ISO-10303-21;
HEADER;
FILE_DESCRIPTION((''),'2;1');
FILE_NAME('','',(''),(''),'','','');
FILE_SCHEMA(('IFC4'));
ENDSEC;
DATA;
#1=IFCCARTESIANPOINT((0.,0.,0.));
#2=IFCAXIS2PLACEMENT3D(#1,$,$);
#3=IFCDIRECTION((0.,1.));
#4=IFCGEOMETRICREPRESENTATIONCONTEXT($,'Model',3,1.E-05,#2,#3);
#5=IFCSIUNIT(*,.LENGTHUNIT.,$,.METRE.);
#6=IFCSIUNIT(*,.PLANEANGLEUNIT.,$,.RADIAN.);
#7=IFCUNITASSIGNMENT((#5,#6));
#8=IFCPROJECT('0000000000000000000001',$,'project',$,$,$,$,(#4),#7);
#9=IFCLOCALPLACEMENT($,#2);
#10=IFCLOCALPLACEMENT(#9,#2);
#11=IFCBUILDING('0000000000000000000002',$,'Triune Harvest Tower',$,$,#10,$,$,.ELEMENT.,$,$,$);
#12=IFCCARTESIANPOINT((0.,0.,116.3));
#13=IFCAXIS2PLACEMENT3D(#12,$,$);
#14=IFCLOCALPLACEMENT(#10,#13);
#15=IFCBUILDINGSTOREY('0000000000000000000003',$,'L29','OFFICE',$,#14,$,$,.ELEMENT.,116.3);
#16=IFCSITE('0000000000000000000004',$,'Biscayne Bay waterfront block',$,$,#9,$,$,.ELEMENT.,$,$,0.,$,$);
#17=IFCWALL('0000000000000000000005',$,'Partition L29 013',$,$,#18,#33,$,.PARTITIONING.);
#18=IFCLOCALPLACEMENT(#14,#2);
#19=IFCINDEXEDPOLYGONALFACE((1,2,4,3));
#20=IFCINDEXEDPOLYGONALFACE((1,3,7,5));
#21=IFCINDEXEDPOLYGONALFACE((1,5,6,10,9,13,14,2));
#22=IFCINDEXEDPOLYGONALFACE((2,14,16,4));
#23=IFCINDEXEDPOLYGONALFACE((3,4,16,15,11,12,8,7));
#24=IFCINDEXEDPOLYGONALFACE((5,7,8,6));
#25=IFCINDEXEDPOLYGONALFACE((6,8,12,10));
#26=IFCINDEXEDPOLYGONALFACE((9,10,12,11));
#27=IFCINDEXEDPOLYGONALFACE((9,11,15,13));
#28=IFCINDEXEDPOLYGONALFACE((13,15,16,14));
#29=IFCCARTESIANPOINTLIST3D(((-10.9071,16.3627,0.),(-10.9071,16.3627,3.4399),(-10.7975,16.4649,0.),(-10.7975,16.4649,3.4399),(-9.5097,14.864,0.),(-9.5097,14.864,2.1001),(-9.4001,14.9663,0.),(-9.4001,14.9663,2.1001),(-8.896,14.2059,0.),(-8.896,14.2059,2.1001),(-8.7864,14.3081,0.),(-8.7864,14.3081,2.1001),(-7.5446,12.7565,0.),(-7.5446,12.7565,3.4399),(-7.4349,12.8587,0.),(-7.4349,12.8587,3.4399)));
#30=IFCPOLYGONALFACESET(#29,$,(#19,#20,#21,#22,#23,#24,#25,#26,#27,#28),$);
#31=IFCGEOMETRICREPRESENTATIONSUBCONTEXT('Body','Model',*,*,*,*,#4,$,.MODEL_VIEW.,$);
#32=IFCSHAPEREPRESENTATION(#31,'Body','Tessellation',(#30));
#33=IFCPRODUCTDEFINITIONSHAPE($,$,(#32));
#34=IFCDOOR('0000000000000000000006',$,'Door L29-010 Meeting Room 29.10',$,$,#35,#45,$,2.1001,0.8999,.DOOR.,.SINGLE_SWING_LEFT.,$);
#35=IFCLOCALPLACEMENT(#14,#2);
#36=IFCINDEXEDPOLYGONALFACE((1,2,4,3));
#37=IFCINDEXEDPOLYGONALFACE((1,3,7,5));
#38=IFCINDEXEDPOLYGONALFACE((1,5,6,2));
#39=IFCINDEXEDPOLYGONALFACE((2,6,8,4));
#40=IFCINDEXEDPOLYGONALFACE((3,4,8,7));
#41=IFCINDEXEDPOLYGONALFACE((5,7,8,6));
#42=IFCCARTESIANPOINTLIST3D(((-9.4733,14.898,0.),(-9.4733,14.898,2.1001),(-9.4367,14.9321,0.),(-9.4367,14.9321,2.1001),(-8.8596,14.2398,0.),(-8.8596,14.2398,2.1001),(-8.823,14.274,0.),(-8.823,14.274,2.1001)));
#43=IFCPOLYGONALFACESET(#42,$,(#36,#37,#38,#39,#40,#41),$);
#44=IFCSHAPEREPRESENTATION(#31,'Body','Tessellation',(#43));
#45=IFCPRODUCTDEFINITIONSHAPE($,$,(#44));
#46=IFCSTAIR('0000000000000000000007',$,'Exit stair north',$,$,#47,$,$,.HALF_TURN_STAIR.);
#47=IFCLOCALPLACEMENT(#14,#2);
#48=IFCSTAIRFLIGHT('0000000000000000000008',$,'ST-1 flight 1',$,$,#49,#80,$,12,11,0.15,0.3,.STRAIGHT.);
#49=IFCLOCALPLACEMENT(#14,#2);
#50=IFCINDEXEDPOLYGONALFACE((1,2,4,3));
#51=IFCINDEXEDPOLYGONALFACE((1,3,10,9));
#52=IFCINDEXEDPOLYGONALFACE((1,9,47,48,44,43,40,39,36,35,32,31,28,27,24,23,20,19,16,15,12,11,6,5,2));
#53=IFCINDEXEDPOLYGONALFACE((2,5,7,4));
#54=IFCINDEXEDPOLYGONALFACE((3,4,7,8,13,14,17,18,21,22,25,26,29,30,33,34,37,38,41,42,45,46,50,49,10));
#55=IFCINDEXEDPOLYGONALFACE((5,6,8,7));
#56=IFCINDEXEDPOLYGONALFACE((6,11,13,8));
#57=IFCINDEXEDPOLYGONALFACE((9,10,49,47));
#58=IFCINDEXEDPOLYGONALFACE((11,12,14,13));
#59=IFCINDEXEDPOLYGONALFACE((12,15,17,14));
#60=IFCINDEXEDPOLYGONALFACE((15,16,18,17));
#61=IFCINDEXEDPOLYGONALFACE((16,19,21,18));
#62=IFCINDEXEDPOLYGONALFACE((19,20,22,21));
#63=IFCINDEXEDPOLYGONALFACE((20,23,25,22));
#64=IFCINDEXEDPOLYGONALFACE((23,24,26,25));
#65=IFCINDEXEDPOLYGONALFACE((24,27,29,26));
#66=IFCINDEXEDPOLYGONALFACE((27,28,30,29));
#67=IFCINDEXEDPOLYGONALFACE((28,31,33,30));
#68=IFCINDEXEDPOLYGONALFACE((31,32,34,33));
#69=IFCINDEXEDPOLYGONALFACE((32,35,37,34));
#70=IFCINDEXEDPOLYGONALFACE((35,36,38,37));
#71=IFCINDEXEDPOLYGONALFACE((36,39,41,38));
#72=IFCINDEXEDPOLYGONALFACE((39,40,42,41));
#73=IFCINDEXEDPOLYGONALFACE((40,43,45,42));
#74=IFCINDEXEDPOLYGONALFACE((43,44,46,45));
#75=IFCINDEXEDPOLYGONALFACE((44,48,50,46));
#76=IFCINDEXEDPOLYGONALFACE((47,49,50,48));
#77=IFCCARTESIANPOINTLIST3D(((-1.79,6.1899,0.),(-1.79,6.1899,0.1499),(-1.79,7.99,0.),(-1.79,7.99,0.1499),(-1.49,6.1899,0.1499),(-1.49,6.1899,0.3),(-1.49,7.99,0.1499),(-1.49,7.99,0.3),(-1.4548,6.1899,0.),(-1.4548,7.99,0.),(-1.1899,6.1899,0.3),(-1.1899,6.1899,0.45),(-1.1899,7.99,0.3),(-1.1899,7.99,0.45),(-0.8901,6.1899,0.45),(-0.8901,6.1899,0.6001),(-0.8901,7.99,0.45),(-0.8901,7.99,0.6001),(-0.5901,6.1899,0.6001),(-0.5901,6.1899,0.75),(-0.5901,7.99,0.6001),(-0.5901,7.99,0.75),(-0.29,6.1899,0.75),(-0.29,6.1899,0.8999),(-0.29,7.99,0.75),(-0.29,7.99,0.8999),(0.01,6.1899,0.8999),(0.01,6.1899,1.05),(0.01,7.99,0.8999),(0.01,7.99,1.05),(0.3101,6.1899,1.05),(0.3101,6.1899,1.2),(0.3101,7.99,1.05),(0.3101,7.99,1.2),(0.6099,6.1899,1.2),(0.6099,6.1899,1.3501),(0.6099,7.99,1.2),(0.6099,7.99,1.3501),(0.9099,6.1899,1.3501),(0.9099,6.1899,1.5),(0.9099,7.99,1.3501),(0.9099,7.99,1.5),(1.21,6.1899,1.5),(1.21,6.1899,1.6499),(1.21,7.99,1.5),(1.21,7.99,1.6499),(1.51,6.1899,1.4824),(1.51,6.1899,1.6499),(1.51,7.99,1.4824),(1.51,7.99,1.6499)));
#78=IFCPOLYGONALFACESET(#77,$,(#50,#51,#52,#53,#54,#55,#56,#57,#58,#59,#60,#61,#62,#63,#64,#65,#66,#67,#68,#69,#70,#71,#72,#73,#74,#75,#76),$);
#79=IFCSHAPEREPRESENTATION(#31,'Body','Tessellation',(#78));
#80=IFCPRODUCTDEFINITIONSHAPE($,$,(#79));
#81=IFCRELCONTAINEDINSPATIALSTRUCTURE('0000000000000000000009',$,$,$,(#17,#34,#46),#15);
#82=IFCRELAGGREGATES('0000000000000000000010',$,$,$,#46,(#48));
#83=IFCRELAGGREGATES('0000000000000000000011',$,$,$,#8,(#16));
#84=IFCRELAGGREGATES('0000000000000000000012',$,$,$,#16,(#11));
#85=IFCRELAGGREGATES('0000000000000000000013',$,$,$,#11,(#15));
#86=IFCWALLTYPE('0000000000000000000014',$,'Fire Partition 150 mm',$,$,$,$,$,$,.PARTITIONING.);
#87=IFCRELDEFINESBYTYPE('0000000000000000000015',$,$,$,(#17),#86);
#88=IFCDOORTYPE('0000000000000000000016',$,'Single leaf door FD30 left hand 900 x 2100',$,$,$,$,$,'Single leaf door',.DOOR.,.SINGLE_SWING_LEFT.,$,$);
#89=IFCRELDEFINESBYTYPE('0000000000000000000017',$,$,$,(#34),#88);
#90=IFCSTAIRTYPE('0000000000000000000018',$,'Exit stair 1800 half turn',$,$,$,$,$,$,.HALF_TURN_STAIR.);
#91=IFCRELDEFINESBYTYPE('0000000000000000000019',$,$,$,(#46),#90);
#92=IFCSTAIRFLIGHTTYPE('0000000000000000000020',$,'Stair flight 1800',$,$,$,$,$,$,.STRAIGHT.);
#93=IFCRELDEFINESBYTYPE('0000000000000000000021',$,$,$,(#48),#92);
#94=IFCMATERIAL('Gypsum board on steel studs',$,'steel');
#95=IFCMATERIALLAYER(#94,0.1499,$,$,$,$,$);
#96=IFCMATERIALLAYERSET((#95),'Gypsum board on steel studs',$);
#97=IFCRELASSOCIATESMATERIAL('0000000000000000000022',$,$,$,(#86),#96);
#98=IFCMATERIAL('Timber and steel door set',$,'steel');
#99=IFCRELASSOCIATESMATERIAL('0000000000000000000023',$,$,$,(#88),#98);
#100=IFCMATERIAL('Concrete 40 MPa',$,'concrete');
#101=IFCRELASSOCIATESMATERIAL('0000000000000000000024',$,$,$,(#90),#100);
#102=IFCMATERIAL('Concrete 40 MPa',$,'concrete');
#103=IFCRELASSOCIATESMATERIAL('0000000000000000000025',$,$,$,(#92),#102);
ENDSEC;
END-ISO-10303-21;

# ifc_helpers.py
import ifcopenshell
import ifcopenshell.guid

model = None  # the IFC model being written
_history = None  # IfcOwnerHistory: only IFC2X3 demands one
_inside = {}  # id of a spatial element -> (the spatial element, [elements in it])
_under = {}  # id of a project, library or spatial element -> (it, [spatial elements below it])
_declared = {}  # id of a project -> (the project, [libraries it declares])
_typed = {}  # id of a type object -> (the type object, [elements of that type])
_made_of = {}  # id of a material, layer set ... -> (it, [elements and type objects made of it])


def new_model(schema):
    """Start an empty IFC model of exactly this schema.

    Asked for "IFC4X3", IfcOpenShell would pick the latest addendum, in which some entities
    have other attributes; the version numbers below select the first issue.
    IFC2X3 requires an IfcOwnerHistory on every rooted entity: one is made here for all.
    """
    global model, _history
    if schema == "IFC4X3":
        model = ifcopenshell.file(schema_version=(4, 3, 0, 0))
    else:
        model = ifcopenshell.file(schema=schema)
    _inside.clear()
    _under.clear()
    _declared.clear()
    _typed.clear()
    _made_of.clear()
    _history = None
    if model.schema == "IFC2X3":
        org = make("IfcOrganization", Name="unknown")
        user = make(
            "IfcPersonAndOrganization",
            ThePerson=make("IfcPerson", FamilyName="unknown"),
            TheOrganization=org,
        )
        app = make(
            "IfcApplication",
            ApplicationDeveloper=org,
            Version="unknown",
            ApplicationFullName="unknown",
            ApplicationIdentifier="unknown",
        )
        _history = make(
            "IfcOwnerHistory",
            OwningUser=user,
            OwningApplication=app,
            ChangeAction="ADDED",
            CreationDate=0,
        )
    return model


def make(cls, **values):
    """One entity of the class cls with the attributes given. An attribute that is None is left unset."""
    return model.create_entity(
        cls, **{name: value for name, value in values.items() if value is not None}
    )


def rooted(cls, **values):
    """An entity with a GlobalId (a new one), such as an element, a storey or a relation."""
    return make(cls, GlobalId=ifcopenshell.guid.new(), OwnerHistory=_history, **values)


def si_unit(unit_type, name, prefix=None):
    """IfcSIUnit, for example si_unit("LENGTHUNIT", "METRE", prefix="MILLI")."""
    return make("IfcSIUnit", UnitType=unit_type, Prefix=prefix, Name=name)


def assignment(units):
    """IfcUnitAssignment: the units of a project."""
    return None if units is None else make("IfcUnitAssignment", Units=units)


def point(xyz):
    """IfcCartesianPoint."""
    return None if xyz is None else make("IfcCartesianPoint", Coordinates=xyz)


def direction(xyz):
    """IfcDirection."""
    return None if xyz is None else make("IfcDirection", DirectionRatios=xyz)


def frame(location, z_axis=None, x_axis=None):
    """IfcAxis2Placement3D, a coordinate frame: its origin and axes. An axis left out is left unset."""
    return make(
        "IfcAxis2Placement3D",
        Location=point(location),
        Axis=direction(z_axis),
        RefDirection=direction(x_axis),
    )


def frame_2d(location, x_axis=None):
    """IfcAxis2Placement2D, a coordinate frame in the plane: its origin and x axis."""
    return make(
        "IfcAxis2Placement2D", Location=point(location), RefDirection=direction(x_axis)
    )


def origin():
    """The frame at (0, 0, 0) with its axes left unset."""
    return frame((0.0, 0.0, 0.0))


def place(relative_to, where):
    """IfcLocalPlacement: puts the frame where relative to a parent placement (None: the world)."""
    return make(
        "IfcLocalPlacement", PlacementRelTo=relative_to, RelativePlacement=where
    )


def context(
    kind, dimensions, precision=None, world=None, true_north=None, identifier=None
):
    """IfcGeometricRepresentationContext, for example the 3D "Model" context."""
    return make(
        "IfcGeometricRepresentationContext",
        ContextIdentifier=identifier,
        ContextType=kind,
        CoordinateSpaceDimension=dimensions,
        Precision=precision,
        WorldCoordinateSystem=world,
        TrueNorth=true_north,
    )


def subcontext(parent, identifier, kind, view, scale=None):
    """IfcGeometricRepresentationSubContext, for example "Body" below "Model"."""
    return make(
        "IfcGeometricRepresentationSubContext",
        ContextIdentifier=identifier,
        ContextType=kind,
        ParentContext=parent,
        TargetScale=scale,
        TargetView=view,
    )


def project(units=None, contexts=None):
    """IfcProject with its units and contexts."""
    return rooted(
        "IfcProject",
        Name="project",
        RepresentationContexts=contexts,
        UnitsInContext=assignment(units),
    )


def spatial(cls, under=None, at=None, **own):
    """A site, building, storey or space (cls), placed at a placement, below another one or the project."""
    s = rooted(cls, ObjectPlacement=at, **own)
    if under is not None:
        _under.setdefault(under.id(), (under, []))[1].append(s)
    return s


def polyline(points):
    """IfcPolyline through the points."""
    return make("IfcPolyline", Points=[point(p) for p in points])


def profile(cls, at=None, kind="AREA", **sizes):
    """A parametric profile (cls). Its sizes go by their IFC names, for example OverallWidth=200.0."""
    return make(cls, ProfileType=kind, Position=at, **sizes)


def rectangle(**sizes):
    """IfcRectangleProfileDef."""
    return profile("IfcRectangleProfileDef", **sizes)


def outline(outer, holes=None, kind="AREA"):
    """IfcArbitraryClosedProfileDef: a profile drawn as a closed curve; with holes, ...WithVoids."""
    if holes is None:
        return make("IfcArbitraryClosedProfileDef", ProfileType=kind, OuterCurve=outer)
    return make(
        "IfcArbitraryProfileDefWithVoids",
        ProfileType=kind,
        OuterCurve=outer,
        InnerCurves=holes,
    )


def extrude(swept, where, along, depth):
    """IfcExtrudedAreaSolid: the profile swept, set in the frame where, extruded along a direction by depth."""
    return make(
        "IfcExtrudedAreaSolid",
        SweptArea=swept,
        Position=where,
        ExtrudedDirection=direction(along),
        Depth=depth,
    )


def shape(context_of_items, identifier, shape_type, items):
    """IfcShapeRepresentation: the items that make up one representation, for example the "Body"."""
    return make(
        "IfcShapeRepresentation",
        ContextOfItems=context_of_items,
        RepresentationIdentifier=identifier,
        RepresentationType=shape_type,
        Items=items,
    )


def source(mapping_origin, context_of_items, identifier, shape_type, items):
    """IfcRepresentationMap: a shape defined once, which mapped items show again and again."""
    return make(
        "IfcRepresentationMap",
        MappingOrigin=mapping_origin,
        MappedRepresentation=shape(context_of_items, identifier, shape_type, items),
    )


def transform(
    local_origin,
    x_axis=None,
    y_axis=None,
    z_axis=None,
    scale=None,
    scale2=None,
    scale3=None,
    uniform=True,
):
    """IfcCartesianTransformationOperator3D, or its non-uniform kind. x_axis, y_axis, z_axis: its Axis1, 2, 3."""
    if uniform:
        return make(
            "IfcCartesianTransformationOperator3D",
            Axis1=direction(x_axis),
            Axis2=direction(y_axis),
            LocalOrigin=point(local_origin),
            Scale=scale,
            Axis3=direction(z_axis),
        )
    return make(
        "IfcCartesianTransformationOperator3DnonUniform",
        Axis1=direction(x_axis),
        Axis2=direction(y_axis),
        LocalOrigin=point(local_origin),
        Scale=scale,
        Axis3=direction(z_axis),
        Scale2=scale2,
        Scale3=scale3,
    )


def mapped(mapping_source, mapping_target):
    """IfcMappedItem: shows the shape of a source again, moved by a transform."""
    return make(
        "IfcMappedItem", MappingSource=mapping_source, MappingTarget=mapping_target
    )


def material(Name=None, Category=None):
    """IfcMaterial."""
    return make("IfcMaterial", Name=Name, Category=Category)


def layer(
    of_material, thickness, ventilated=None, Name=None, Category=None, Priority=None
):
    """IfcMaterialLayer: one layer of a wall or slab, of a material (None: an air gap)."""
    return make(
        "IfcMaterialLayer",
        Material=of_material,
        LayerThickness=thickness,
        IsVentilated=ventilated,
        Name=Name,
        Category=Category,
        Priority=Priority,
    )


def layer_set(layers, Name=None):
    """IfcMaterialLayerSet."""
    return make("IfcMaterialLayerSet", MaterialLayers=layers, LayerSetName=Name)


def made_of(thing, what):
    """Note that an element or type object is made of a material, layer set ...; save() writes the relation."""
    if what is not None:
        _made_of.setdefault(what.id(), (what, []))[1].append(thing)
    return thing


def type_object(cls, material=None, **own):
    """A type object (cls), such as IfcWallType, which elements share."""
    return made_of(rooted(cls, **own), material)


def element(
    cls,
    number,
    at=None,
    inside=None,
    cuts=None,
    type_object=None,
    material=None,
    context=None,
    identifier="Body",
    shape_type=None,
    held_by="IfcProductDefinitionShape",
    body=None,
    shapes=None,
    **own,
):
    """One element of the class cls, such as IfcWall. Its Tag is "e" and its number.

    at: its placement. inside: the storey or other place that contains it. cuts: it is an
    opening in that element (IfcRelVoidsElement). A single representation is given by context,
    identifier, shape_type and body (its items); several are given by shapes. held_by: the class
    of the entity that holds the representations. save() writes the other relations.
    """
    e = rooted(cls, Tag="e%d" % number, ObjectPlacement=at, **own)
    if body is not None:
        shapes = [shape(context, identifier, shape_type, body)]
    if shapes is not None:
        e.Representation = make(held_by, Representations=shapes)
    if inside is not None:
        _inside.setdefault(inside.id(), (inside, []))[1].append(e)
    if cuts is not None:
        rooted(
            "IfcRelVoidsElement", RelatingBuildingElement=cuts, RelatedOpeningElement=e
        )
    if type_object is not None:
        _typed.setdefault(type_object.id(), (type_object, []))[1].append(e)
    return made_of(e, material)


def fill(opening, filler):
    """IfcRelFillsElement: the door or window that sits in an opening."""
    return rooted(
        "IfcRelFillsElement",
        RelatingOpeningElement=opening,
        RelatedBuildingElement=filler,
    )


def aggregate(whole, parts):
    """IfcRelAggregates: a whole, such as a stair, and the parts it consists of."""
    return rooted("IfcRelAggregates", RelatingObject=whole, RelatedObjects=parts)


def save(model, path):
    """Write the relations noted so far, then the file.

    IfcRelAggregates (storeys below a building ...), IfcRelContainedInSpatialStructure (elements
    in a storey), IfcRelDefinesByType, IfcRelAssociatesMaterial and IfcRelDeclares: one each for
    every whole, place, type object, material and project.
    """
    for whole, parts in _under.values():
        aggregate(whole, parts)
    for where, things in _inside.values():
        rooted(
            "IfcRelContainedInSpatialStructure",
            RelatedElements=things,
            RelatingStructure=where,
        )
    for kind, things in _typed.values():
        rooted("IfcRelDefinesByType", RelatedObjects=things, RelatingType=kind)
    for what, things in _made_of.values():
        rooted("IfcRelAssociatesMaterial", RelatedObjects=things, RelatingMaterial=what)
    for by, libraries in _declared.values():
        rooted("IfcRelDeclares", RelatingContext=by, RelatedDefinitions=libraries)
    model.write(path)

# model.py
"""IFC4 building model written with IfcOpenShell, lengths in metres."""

from ifc_helpers import new_model, si_unit, direction, frame, frame_2d, origin, place, context, subcontext, project, spatial, polyline, rectangle, outline, extrude, source, transform, mapped, material, layer, layer_set, type_object, element, fill, aggregate, save


model = new_model("IFC4")

# Units and contexts
model_context = context("Model", 3, precision=1e-05, world=origin(), true_north=direction((0.0, 1.0)))
body_context = subcontext(model_context, "Body", "Model", "MODEL_VIEW")
ifc_project = project(units=[si_unit("LENGTHUNIT", "METRE"), si_unit("PLANEANGLEUNIT", "RADIAN")], contexts=[model_context])

# Site, building, storey
site_placement = place(None, origin())
site = spatial("IfcSite", under=ifc_project, at=site_placement, Name="Biscayne Bay waterfront block", CompositionType="ELEMENT", RefElevation=0.0)
building_placement = place(site_placement, origin())
building = spatial("IfcBuilding", under=site, at=building_placement, Name="Triune Harvest Tower", CompositionType="ELEMENT")
storey_placement = place(building_placement, frame((0.0, 0.0, 116.3)))
storey = spatial("IfcBuildingStorey", under=building, at=storey_placement, Name="L29", Description="OFFICE", CompositionType="ELEMENT", Elevation=116.3)

# Shared definitions
ifc_material_1 = material(Name="Gypsum board on steel studs", Category="steel")
ifc_layer_1 = layer(ifc_material_1, 0.1499)
ifc_layer_set_1 = layer_set([ifc_layer_1], Name="Gypsum board on steel studs")
wall_type_1 = type_object("IfcWallType", Name="Fire Partition 150 mm", PredefinedType="PARTITIONING", material=ifc_layer_set_1)

# Wall, opening, door
shared_shape_1 = source(origin(), body_context, "Body", "SweptSolid", [
    extrude(rectangle(XDim=4.9307, YDim=0.1499, at=frame_2d((2.4653, 0.0))), origin(), (0.0, 0.0, 1.0), 3.4399),
])
wall_1_placement = place(storey_placement, frame((-10.8523, 16.4138, 0.0), z_axis=(0.0, 0.0, 1.0), x_axis=(0.681967, -0.731383, 0.0)))
wall_1 = element("IfcWall", 1, at=wall_1_placement, inside=storey, type_object=wall_type_1, Name="Partition L29 013", PredefinedType="PARTITIONING", context=body_context, shape_type="MappedRepresentation", body=[
    mapped(shared_shape_1, transform((0.0, 0.0, 0.0), scale=1.0)),
])
opening_1_placement = place(wall_1_placement, frame((2.0491, 0.0, 0.0)))
opening_1 = element("IfcOpeningElement", 2, at=opening_1_placement, cuts=wall_1, PredefinedType="OPENING", context=body_context, shape_type="SweptSolid", body=[
    extrude(rectangle(XDim=0.8999, YDim=2.1001, at=frame_2d((0.45, 1.05))), frame((0.0, 0.085, 0.0), z_axis=(0.0, -1.0, 0.0), x_axis=(1.0, 0.0, 0.0)), (0.0, 0.0, 1.0), 0.1699),
])
ifc_material_2 = material(Name="Timber and steel door set", Category="steel")
door_type_1 = type_object("IfcDoorType", Name="Single leaf door FD30 left hand 900 x 2100", ElementType="Single leaf door", OperationType="SINGLE_SWING_LEFT", PredefinedType="DOOR", material=ifc_material_2)
door_1_placement = place(opening_1_placement, origin())
door_1 = element("IfcDoor", 3, at=door_1_placement, inside=storey, type_object=door_type_1, Name="Door L29-010 Meeting Room 29.10", OperationType="SINGLE_SWING_LEFT", OverallHeight=2.1001, OverallWidth=0.8999, PredefinedType="DOOR", context=body_context, shape_type="SweptSolid", body=[
    extrude(rectangle(XDim=0.8999, YDim=2.1001, at=frame_2d((0.45, 1.05))), frame((0.0, 0.0249, 0.0), z_axis=(0.0, -1.0, 0.0), x_axis=(1.0, 0.0, 0.0)), (0.0, 0.0, 1.0), 0.05),
])
fill(opening_1, door_1)

# Stair, stair flight
ifc_material_3 = material(Name="Concrete 40 MPa", Category="concrete")
stair_type = type_object("IfcStairType", Name="Exit stair 1800 half turn", PredefinedType="HALF_TURN_STAIR", material=ifc_material_3)
stair_placement = place(storey_placement, origin())
stair = element("IfcStair", 4, at=stair_placement, inside=storey, type_object=stair_type, Name="Exit stair north", PredefinedType="HALF_TURN_STAIR")
ifc_material_4 = material(Name="Concrete 40 MPa", Category="concrete")
stair_flight_type = type_object("IfcStairFlightType", Name="Stair flight 1800", PredefinedType="STRAIGHT", material=ifc_material_4)
shared_shape_2 = source(origin(), body_context, "Body", "SweptSolid", [
    extrude(outline(polyline([(0.0, 0.0), (0.0, 0.1499), (0.3, 0.1499), (0.3, 0.3), (0.6001, 0.3), (0.6001, 0.45), (0.8999, 0.45), (0.8999, 0.6001), (1.2, 0.6001), (1.2, 0.75), (1.5, 0.75), (1.5, 0.8999), (1.8, 0.8999), (1.8, 1.05), (2.1001, 1.05), (2.1001, 1.2), (2.3999, 1.2), (2.3999, 1.3501), (2.7, 1.3501), (2.7, 1.5), (3.0, 1.5), (3.0, 1.6499), (3.3, 1.6499), (3.3, 1.8), (3.3, 1.4824), (0.3352, 0.0), (0.0, 0.0)])), frame((0.0, 0.8999, 0.0), z_axis=(0.0, -1.0, 0.0), x_axis=(1.0, 0.0, 0.0)), (0.0, 0.0, 1.0), 1.8),
])
stair_flight_placement = place(storey_placement, frame((-1.79, 7.0901, 0.0), z_axis=(0.0, 0.0, 1.0), x_axis=(1.0, 0.0, 0.0)))
stair_flight = element("IfcStairFlight", 5, at=stair_flight_placement, type_object=stair_flight_type, Name="ST-1 flight 1", NumberOfRisers=12, NumberOfTreads=11, PredefinedType="STRAIGHT", RiserHeight=0.15, TreadLength=0.3, context=body_context, shape_type="MappedRepresentation", body=[
    mapped(shared_shape_2, transform((0.0, 0.0, 0.0), scale=1.0)),
])
aggregate(stair, [stair_flight])

save(model, "model.ifc")
